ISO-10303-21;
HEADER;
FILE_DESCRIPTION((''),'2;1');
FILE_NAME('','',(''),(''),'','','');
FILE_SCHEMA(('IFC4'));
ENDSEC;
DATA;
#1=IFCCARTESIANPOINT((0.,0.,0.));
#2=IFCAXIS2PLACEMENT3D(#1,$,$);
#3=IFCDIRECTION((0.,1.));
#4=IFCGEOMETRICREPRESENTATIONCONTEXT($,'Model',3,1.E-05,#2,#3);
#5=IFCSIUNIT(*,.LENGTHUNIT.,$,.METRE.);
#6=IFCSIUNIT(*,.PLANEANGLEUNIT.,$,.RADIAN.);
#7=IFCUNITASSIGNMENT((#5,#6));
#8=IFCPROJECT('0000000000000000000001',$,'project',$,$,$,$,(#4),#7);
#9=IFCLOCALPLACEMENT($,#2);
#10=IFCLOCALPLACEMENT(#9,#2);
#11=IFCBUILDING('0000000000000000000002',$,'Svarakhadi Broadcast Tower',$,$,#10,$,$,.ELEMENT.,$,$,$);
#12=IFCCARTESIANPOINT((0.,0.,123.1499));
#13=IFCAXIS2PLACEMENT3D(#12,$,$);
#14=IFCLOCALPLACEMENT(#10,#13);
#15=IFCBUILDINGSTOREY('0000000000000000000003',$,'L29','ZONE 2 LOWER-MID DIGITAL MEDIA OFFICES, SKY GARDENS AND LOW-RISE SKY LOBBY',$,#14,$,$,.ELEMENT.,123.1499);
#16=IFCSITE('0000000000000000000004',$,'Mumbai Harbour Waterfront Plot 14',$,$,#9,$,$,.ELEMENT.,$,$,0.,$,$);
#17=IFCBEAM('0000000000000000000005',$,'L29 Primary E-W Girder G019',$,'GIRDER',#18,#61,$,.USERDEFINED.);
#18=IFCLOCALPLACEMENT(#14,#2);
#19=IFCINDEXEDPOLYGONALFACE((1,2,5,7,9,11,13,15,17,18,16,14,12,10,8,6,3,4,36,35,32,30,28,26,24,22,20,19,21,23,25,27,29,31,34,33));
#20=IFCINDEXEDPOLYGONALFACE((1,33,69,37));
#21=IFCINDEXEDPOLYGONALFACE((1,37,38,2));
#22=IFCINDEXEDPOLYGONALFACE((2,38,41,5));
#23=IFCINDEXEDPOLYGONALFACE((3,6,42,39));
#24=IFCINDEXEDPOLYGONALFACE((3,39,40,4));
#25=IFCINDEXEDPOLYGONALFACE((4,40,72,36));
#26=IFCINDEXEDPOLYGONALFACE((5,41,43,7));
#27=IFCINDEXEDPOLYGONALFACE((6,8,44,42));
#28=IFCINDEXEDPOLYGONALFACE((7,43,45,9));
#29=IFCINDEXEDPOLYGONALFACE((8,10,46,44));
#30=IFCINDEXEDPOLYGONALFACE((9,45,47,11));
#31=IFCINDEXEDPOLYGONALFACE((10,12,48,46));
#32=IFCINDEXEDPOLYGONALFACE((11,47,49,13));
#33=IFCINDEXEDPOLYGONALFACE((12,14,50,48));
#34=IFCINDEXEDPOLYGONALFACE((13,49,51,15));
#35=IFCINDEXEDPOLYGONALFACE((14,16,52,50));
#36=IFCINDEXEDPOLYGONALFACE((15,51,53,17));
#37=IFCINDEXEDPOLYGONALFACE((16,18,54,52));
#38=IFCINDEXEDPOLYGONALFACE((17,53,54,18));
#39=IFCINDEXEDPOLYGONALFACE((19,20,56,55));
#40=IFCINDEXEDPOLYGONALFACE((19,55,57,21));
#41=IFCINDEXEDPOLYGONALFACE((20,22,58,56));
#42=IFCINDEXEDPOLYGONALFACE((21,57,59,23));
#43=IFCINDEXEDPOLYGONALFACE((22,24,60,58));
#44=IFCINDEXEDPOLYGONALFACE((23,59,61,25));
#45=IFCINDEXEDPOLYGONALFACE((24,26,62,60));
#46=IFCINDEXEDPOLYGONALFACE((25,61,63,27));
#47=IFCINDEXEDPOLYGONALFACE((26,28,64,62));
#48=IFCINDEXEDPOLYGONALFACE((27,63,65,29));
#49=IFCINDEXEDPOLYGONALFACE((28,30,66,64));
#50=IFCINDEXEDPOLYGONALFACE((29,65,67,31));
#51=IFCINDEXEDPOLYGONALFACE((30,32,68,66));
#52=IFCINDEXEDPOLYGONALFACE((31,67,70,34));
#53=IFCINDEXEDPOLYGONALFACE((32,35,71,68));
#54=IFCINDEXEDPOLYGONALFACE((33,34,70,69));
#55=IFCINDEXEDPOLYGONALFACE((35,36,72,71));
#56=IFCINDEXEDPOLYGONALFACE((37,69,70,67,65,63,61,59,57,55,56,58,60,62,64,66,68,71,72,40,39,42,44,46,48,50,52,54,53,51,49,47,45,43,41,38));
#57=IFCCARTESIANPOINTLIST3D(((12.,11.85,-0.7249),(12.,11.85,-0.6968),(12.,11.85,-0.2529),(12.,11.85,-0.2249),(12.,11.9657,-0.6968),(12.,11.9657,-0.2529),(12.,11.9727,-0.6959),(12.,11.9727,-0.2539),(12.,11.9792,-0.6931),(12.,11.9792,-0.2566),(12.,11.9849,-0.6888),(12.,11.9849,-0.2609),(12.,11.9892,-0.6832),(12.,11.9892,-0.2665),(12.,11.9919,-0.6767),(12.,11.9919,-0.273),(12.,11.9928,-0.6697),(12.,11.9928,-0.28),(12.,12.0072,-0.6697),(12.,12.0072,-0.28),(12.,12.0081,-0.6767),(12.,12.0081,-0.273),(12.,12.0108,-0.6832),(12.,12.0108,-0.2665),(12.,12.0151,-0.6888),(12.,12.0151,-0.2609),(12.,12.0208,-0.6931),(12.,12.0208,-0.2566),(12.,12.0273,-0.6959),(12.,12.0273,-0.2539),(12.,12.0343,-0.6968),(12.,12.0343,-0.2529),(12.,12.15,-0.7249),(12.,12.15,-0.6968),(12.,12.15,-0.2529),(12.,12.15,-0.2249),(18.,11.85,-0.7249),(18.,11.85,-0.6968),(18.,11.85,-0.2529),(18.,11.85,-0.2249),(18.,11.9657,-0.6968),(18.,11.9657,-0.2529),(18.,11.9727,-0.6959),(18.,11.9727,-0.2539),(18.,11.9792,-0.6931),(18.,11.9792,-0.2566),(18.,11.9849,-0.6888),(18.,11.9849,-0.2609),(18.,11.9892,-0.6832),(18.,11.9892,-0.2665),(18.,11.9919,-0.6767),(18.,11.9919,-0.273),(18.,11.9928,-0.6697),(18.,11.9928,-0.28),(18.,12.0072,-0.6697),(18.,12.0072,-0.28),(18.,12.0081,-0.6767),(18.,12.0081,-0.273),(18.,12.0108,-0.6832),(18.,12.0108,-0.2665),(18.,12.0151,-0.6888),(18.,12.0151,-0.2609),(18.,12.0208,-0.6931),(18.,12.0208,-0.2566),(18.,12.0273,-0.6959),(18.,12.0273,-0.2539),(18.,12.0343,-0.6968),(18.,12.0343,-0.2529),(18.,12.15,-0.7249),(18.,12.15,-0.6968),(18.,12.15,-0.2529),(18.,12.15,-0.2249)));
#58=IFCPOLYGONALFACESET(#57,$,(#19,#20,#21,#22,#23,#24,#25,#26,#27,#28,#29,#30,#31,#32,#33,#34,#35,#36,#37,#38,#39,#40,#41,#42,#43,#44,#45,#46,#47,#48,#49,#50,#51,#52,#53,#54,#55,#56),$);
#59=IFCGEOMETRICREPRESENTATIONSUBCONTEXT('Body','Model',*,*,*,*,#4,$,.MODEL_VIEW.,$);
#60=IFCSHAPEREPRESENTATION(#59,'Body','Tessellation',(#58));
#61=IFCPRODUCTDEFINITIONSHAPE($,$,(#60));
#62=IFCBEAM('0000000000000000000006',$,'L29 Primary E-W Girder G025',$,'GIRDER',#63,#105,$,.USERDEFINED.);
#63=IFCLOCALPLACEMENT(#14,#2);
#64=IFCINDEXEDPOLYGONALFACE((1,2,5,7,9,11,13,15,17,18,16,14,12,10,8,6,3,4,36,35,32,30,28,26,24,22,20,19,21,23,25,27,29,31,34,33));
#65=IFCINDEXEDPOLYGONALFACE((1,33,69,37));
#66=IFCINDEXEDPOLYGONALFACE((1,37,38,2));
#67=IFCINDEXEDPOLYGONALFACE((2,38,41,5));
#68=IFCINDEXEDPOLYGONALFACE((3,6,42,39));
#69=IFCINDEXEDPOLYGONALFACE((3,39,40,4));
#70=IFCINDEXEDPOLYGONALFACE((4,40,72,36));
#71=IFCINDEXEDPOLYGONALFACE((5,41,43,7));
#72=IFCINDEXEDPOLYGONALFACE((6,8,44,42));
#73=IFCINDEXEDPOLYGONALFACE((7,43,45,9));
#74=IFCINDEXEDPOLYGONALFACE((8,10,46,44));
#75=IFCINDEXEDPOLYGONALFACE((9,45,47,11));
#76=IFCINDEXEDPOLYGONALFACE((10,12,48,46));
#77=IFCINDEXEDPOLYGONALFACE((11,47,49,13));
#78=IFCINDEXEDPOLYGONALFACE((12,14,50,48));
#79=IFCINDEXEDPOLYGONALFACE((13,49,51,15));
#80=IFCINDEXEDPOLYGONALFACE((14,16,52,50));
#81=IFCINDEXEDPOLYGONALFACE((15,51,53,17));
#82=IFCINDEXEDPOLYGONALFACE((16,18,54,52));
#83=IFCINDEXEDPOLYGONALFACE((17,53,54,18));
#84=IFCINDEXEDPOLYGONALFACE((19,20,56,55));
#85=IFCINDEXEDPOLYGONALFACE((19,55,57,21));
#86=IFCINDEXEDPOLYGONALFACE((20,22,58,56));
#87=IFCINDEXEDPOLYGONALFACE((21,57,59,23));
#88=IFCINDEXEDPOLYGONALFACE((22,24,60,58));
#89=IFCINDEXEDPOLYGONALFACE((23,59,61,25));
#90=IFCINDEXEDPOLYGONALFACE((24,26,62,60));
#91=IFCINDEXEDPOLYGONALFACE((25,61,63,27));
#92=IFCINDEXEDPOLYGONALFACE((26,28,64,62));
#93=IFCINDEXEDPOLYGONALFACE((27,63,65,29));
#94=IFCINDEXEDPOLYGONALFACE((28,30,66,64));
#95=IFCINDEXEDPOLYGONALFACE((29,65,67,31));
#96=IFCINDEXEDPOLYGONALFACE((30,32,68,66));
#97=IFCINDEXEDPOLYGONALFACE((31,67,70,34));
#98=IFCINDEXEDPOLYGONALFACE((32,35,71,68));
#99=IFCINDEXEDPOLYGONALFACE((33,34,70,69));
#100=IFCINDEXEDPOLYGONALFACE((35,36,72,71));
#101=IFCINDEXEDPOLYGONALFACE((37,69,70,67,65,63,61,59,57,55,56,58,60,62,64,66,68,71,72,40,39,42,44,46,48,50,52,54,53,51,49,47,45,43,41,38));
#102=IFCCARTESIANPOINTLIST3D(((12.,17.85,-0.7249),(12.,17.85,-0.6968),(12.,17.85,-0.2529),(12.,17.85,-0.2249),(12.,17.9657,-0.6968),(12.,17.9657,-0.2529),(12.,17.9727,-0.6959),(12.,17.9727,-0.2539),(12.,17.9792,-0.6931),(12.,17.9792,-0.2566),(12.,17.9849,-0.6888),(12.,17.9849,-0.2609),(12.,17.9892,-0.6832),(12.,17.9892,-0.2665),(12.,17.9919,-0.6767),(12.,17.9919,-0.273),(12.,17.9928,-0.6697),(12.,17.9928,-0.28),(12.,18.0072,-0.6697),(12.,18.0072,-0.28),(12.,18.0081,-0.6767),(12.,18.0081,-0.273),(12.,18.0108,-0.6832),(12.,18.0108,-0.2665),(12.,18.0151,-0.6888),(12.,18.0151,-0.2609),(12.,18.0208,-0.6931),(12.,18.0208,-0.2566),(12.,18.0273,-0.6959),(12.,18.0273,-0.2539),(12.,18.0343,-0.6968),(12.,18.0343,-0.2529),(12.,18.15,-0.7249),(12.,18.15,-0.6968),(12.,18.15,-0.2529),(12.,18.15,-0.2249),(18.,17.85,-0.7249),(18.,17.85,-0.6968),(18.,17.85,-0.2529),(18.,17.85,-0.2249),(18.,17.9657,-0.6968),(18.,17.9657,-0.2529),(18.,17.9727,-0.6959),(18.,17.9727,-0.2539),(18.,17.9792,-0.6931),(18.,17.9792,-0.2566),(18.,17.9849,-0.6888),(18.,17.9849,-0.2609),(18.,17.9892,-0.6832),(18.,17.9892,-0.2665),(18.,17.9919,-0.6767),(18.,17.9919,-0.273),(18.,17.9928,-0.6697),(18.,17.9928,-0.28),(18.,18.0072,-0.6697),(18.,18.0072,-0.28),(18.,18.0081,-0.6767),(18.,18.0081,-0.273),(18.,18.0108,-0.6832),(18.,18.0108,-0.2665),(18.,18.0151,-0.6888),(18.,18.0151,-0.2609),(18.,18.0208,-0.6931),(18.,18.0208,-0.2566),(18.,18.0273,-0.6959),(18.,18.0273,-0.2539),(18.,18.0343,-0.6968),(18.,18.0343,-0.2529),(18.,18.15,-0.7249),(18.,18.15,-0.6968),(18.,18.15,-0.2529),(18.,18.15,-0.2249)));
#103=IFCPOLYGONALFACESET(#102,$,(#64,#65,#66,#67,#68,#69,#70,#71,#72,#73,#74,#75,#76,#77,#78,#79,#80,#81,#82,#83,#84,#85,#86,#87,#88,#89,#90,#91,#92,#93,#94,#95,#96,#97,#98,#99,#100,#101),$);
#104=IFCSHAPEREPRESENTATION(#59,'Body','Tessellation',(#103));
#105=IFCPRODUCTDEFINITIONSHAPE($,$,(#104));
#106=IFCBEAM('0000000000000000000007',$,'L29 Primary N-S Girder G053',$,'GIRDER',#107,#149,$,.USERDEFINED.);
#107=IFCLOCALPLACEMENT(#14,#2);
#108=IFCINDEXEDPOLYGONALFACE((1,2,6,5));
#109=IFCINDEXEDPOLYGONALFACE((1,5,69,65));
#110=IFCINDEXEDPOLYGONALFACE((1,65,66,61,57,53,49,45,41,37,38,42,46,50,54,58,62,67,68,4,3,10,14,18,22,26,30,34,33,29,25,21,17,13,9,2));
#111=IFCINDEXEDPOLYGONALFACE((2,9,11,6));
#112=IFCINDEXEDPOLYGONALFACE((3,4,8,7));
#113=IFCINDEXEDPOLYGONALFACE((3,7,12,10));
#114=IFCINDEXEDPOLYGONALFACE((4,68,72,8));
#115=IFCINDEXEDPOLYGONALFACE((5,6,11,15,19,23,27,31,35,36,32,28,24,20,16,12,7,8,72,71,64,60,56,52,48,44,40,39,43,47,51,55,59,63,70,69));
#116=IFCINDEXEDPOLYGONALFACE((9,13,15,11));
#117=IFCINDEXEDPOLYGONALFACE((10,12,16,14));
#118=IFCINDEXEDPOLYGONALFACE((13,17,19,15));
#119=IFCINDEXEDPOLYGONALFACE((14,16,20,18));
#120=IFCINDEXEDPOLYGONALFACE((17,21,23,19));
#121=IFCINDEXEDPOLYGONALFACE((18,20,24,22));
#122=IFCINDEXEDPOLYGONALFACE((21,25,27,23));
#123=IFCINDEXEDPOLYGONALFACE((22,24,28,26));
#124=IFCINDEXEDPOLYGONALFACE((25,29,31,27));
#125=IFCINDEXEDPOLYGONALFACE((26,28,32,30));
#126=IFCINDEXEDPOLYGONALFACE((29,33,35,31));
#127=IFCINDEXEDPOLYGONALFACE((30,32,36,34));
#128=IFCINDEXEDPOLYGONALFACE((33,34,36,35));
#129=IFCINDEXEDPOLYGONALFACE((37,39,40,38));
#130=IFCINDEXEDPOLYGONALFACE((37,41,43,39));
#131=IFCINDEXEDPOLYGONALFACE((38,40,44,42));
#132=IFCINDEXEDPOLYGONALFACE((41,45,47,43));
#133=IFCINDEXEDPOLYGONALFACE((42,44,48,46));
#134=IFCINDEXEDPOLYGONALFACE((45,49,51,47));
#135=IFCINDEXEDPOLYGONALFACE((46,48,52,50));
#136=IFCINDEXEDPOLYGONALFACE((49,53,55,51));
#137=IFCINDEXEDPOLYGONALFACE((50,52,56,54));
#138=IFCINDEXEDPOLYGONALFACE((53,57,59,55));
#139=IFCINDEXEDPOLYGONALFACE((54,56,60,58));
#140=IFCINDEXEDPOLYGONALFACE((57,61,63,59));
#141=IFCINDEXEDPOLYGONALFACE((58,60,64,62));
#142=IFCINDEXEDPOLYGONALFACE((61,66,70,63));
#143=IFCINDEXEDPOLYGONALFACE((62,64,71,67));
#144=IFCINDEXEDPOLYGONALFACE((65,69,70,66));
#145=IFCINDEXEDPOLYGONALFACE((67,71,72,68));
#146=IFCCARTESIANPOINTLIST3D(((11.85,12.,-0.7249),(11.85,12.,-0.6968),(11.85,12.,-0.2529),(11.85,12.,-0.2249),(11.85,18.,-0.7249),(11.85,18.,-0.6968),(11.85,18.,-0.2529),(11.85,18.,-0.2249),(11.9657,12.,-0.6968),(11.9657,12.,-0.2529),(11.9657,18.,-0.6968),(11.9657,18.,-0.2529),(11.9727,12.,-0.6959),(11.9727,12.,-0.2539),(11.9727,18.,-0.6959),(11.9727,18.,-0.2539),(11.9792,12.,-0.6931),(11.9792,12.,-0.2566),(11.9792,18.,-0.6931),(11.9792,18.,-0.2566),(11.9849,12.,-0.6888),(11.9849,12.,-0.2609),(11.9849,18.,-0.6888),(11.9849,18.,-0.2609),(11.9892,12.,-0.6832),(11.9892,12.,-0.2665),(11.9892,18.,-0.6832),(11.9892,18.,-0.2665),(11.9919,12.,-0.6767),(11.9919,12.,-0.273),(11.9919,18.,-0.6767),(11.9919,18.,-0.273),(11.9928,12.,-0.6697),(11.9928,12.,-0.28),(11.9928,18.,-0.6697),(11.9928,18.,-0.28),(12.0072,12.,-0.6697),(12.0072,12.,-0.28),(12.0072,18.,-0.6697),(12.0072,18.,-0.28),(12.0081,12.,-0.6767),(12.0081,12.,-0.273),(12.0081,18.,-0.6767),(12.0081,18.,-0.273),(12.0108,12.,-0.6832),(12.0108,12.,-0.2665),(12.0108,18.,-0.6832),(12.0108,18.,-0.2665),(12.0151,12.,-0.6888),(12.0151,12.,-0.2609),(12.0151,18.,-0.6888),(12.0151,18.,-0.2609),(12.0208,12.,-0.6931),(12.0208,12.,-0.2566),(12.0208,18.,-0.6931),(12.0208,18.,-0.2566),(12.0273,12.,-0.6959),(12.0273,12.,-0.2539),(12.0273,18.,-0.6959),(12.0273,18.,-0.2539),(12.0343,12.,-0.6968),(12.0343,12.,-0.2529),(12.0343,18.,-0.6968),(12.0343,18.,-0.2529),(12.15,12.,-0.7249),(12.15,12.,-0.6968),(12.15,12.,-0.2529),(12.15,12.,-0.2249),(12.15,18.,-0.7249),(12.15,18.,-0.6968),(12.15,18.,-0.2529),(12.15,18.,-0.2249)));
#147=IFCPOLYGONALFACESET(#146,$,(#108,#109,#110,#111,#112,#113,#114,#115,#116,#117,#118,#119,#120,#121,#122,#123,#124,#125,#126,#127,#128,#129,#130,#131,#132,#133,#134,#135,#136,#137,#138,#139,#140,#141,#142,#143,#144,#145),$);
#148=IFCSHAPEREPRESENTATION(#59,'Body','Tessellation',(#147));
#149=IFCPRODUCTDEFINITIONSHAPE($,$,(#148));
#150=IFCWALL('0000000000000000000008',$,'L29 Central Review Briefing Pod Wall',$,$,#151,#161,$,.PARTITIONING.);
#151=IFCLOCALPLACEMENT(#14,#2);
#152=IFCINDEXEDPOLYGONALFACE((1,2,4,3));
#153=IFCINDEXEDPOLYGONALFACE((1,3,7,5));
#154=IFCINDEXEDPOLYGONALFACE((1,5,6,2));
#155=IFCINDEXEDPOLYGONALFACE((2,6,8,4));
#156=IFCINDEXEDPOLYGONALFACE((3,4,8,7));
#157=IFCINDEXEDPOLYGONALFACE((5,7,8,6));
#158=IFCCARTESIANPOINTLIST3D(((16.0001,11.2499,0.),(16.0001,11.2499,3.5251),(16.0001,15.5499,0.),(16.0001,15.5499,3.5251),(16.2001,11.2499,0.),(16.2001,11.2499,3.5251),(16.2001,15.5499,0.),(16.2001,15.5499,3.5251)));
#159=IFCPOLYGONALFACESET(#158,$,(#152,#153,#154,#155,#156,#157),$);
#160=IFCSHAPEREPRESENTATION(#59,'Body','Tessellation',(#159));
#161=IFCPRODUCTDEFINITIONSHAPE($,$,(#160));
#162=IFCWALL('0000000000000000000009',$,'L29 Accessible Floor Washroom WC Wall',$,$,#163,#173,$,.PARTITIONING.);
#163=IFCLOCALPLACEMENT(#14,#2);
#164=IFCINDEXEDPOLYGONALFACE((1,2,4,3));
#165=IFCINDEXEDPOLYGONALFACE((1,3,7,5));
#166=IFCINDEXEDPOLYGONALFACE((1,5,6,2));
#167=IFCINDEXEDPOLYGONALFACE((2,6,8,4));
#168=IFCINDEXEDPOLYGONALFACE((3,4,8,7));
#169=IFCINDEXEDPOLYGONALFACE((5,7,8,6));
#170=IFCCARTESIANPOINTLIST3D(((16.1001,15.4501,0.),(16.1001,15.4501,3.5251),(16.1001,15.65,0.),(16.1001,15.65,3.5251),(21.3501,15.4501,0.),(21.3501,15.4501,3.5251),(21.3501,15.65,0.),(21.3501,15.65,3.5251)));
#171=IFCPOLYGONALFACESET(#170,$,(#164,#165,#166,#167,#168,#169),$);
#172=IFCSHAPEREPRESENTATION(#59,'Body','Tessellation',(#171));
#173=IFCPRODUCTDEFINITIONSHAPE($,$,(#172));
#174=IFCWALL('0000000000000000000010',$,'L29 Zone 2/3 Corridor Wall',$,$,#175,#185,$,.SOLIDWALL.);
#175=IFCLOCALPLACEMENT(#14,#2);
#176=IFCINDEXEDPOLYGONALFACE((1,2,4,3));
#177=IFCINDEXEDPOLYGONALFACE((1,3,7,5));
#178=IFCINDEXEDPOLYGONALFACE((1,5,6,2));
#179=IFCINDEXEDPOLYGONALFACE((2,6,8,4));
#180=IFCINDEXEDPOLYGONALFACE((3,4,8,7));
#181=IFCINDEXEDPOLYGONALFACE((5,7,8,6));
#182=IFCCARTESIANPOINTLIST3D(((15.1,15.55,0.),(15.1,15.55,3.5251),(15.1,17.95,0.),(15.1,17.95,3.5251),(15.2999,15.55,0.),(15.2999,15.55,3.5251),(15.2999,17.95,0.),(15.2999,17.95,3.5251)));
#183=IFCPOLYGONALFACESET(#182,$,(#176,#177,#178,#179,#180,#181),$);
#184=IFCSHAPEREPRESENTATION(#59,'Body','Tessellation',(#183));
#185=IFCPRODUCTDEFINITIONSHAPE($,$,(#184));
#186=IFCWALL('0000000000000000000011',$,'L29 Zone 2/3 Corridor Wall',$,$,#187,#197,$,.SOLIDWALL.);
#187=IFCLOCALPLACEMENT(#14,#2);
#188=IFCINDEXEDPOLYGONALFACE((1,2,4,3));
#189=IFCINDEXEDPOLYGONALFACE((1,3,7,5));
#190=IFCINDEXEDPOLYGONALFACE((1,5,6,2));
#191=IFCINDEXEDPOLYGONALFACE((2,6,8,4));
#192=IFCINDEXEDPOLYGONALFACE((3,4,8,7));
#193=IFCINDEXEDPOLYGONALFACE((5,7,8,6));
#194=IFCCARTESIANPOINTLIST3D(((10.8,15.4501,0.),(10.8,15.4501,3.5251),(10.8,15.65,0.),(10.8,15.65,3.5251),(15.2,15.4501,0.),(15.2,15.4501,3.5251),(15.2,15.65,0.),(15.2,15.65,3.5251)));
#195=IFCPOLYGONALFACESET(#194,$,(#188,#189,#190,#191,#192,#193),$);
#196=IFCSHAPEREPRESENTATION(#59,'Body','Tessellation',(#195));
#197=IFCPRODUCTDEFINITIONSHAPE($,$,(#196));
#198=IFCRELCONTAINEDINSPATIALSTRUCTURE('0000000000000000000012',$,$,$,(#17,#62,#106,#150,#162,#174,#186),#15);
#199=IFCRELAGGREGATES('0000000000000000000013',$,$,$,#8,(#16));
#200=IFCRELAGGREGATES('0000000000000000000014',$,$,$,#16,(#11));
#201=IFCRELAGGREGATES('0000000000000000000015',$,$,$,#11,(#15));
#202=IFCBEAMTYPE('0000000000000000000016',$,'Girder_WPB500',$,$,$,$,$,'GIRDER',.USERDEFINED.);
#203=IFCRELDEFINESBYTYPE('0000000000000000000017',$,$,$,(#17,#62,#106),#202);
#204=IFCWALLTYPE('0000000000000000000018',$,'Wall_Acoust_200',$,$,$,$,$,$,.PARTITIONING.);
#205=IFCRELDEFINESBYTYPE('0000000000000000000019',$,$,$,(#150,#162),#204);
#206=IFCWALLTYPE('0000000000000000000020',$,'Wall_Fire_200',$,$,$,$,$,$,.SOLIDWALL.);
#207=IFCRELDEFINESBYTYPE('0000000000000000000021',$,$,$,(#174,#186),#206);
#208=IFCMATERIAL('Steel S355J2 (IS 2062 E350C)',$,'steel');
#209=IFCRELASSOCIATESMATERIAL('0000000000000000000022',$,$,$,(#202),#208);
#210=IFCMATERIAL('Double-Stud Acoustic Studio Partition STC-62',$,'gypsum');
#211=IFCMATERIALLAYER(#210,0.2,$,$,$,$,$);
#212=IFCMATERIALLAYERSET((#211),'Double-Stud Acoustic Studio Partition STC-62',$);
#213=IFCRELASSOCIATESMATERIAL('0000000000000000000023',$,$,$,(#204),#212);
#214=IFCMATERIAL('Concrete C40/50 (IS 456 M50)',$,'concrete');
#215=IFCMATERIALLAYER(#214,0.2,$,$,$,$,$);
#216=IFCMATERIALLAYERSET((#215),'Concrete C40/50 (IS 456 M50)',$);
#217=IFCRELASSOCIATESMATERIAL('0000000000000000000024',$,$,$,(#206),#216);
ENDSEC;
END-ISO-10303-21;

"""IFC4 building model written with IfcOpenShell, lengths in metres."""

from ifc_helpers import new_model, si_unit, direction, frame, frame_2d, origin, origin_2d, place, context, subcontext, project, spatial, rectangle, i_section, extrude, material, layer, layer_set, material_profile, profile_set, type_object, element, save


model = new_model("IFC4")

# Units and contexts
model_context = context("Model", 3, precision=1e-05, world=origin(), true_north=direction((0.0, 1.0)))
body_context = subcontext(model_context, "Body", "Model", "MODEL_VIEW")
ifc_project = project(units=[si_unit("LENGTHUNIT", "METRE"), si_unit("PLANEANGLEUNIT", "RADIAN")], contexts=[model_context])

# Site, building, storey
site_placement = place(None, origin())
site = spatial("IfcSite", under=ifc_project, at=site_placement, Name="Mumbai Harbour Waterfront Plot 14", CompositionType="ELEMENT", RefElevation=0.0)
building_placement = place(site_placement, origin())
building = spatial("IfcBuilding", under=site, at=building_placement, Name="Svarakhadi Broadcast Tower", CompositionType="ELEMENT")
storey_placement = place(building_placement, frame((0.0, 0.0, 123.1499)))
storey = spatial("IfcBuildingStorey", under=building, at=storey_placement, Name="L29", Description="ZONE 2 LOWER-MID DIGITAL MEDIA OFFICES, SKY GARDENS AND LOW-RISE SKY LOBBY", CompositionType="ELEMENT", Elevation=123.1499)

# Beams
ifc_material_1 = material(Name="Steel S355J2 (IS 2062 E350C)", Category="steel")
ifc_material_profile_1 = material_profile(ifc_material_1, i_section(OverallWidth=0.3, OverallDepth=0.5, WebThickness=0.0144, FlangeThickness=0.0281, FilletRadius=0.0271, at=origin_2d()), Name="WPB 500x300x187")
ifc_profile_set_1 = profile_set([ifc_material_profile_1], Name="Steel S355J2 (IS 2062 E350C)")
beam_type_1 = type_object("IfcBeamType", Name="Girder_WPB500", ElementType="GIRDER", PredefinedType="USERDEFINED", material=ifc_profile_set_1)
for number, where, z_axis, x_axis, name in (
    (1, (12.0, 12.0, -0.4749), (1.0, 0.0, 0.0), (0.0, 1.0, 0.0), "L29 Primary E-W Girder G019"),
    (2, (12.0, 18.0, -0.4749), (1.0, 0.0, 0.0), (0.0, 1.0, 0.0), "L29 Primary E-W Girder G025"),
    (3, (12.0, 12.0, -0.4749), (0.0, 1.0, 0.0), (-1.0, 0.0, 0.0), "L29 Primary N-S Girder G053"),
):
    element("IfcBeam", number, at=place(storey_placement, frame(where, z_axis=z_axis, x_axis=x_axis)), inside=storey, type_object=beam_type_1, Name=name, ObjectType="GIRDER", PredefinedType="USERDEFINED", context=body_context, shape_type="SweptSolid", body=[
        extrude(i_section(OverallWidth=0.3, OverallDepth=0.5, WebThickness=0.0144, FlangeThickness=0.0281, FilletRadius=0.0271, at=origin_2d()), origin(), (0.0, 0.0, 1.0), 6.0),
    ])

# Walls
ifc_material_2 = material(Name="Double-Stud Acoustic Studio Partition STC-62", Category="gypsum")
ifc_layer_1 = layer(ifc_material_2, 0.2)
ifc_layer_set_1 = layer_set([ifc_layer_1], Name="Double-Stud Acoustic Studio Partition STC-62")
wall_type_1 = type_object("IfcWallType", Name="Wall_Acoust_200", PredefinedType="PARTITIONING", material=ifc_layer_set_1)
wall_1_placement = place(storey_placement, frame((16.1001, 11.25, 0.0), z_axis=(0.0, 0.0, 1.0), x_axis=(0.0, 1.0, 0.0)))
element("IfcWall", 4, at=wall_1_placement, inside=storey, type_object=wall_type_1, Name="L29 Central Review Briefing Pod Wall", PredefinedType="PARTITIONING", context=body_context, shape_type="SweptSolid", body=[
    extrude(rectangle(XDim=4.3, YDim=0.2, at=frame_2d((2.1499, 0.0))), origin(), (0.0, 0.0, 1.0), 3.5251),
])
wall_2_placement = place(storey_placement, frame((16.1001, 15.55, 0.0), z_axis=(0.0, 0.0, 1.0), x_axis=(1.0, 0.0, 0.0)))
element("IfcWall", 5, at=wall_2_placement, inside=storey, type_object=wall_type_1, Name="L29 Accessible Floor Washroom WC Wall", PredefinedType="PARTITIONING", context=body_context, shape_type="SweptSolid", body=[
    extrude(rectangle(XDim=5.25, YDim=0.2, at=frame_2d((2.625, 0.0))), origin(), (0.0, 0.0, 1.0), 3.5251),
])
ifc_material_3 = material(Name="Concrete C40/50 (IS 456 M50)", Category="concrete")
ifc_layer_2 = layer(ifc_material_3, 0.2)
ifc_layer_set_2 = layer_set([ifc_layer_2], Name="Concrete C40/50 (IS 456 M50)")
wall_type_2 = type_object("IfcWallType", Name="Wall_Fire_200", PredefinedType="SOLIDWALL", material=ifc_layer_set_2)
wall_3_placement = place(storey_placement, frame((15.2, 17.95, 0.0), z_axis=(0.0, 0.0, 1.0), x_axis=(0.0, -1.0, 0.0)))
element("IfcWall", 6, at=wall_3_placement, inside=storey, type_object=wall_type_2, Name="L29 Zone 2/3 Corridor Wall", PredefinedType="SOLIDWALL", context=body_context, shape_type="SweptSolid", body=[
    extrude(rectangle(XDim=2.3999, YDim=0.2, at=frame_2d((1.2, 0.0))), origin(), (0.0, 0.0, 1.0), 3.5251),
])
wall_4_placement = place(storey_placement, frame((15.2, 15.55, 0.0), z_axis=(0.0, 0.0, 1.0), x_axis=(-1.0, 0.0, 0.0)))
element("IfcWall", 7, at=wall_4_placement, inside=storey, type_object=wall_type_2, Name="L29 Zone 2/3 Corridor Wall", PredefinedType="SOLIDWALL", context=body_context, shape_type="SweptSolid", body=[
    extrude(rectangle(XDim=4.3999, YDim=0.2, at=frame_2d((2.2, 0.0))), origin(), (0.0, 0.0, 1.0), 3.5251),
])

save(model, "model.ifc")
